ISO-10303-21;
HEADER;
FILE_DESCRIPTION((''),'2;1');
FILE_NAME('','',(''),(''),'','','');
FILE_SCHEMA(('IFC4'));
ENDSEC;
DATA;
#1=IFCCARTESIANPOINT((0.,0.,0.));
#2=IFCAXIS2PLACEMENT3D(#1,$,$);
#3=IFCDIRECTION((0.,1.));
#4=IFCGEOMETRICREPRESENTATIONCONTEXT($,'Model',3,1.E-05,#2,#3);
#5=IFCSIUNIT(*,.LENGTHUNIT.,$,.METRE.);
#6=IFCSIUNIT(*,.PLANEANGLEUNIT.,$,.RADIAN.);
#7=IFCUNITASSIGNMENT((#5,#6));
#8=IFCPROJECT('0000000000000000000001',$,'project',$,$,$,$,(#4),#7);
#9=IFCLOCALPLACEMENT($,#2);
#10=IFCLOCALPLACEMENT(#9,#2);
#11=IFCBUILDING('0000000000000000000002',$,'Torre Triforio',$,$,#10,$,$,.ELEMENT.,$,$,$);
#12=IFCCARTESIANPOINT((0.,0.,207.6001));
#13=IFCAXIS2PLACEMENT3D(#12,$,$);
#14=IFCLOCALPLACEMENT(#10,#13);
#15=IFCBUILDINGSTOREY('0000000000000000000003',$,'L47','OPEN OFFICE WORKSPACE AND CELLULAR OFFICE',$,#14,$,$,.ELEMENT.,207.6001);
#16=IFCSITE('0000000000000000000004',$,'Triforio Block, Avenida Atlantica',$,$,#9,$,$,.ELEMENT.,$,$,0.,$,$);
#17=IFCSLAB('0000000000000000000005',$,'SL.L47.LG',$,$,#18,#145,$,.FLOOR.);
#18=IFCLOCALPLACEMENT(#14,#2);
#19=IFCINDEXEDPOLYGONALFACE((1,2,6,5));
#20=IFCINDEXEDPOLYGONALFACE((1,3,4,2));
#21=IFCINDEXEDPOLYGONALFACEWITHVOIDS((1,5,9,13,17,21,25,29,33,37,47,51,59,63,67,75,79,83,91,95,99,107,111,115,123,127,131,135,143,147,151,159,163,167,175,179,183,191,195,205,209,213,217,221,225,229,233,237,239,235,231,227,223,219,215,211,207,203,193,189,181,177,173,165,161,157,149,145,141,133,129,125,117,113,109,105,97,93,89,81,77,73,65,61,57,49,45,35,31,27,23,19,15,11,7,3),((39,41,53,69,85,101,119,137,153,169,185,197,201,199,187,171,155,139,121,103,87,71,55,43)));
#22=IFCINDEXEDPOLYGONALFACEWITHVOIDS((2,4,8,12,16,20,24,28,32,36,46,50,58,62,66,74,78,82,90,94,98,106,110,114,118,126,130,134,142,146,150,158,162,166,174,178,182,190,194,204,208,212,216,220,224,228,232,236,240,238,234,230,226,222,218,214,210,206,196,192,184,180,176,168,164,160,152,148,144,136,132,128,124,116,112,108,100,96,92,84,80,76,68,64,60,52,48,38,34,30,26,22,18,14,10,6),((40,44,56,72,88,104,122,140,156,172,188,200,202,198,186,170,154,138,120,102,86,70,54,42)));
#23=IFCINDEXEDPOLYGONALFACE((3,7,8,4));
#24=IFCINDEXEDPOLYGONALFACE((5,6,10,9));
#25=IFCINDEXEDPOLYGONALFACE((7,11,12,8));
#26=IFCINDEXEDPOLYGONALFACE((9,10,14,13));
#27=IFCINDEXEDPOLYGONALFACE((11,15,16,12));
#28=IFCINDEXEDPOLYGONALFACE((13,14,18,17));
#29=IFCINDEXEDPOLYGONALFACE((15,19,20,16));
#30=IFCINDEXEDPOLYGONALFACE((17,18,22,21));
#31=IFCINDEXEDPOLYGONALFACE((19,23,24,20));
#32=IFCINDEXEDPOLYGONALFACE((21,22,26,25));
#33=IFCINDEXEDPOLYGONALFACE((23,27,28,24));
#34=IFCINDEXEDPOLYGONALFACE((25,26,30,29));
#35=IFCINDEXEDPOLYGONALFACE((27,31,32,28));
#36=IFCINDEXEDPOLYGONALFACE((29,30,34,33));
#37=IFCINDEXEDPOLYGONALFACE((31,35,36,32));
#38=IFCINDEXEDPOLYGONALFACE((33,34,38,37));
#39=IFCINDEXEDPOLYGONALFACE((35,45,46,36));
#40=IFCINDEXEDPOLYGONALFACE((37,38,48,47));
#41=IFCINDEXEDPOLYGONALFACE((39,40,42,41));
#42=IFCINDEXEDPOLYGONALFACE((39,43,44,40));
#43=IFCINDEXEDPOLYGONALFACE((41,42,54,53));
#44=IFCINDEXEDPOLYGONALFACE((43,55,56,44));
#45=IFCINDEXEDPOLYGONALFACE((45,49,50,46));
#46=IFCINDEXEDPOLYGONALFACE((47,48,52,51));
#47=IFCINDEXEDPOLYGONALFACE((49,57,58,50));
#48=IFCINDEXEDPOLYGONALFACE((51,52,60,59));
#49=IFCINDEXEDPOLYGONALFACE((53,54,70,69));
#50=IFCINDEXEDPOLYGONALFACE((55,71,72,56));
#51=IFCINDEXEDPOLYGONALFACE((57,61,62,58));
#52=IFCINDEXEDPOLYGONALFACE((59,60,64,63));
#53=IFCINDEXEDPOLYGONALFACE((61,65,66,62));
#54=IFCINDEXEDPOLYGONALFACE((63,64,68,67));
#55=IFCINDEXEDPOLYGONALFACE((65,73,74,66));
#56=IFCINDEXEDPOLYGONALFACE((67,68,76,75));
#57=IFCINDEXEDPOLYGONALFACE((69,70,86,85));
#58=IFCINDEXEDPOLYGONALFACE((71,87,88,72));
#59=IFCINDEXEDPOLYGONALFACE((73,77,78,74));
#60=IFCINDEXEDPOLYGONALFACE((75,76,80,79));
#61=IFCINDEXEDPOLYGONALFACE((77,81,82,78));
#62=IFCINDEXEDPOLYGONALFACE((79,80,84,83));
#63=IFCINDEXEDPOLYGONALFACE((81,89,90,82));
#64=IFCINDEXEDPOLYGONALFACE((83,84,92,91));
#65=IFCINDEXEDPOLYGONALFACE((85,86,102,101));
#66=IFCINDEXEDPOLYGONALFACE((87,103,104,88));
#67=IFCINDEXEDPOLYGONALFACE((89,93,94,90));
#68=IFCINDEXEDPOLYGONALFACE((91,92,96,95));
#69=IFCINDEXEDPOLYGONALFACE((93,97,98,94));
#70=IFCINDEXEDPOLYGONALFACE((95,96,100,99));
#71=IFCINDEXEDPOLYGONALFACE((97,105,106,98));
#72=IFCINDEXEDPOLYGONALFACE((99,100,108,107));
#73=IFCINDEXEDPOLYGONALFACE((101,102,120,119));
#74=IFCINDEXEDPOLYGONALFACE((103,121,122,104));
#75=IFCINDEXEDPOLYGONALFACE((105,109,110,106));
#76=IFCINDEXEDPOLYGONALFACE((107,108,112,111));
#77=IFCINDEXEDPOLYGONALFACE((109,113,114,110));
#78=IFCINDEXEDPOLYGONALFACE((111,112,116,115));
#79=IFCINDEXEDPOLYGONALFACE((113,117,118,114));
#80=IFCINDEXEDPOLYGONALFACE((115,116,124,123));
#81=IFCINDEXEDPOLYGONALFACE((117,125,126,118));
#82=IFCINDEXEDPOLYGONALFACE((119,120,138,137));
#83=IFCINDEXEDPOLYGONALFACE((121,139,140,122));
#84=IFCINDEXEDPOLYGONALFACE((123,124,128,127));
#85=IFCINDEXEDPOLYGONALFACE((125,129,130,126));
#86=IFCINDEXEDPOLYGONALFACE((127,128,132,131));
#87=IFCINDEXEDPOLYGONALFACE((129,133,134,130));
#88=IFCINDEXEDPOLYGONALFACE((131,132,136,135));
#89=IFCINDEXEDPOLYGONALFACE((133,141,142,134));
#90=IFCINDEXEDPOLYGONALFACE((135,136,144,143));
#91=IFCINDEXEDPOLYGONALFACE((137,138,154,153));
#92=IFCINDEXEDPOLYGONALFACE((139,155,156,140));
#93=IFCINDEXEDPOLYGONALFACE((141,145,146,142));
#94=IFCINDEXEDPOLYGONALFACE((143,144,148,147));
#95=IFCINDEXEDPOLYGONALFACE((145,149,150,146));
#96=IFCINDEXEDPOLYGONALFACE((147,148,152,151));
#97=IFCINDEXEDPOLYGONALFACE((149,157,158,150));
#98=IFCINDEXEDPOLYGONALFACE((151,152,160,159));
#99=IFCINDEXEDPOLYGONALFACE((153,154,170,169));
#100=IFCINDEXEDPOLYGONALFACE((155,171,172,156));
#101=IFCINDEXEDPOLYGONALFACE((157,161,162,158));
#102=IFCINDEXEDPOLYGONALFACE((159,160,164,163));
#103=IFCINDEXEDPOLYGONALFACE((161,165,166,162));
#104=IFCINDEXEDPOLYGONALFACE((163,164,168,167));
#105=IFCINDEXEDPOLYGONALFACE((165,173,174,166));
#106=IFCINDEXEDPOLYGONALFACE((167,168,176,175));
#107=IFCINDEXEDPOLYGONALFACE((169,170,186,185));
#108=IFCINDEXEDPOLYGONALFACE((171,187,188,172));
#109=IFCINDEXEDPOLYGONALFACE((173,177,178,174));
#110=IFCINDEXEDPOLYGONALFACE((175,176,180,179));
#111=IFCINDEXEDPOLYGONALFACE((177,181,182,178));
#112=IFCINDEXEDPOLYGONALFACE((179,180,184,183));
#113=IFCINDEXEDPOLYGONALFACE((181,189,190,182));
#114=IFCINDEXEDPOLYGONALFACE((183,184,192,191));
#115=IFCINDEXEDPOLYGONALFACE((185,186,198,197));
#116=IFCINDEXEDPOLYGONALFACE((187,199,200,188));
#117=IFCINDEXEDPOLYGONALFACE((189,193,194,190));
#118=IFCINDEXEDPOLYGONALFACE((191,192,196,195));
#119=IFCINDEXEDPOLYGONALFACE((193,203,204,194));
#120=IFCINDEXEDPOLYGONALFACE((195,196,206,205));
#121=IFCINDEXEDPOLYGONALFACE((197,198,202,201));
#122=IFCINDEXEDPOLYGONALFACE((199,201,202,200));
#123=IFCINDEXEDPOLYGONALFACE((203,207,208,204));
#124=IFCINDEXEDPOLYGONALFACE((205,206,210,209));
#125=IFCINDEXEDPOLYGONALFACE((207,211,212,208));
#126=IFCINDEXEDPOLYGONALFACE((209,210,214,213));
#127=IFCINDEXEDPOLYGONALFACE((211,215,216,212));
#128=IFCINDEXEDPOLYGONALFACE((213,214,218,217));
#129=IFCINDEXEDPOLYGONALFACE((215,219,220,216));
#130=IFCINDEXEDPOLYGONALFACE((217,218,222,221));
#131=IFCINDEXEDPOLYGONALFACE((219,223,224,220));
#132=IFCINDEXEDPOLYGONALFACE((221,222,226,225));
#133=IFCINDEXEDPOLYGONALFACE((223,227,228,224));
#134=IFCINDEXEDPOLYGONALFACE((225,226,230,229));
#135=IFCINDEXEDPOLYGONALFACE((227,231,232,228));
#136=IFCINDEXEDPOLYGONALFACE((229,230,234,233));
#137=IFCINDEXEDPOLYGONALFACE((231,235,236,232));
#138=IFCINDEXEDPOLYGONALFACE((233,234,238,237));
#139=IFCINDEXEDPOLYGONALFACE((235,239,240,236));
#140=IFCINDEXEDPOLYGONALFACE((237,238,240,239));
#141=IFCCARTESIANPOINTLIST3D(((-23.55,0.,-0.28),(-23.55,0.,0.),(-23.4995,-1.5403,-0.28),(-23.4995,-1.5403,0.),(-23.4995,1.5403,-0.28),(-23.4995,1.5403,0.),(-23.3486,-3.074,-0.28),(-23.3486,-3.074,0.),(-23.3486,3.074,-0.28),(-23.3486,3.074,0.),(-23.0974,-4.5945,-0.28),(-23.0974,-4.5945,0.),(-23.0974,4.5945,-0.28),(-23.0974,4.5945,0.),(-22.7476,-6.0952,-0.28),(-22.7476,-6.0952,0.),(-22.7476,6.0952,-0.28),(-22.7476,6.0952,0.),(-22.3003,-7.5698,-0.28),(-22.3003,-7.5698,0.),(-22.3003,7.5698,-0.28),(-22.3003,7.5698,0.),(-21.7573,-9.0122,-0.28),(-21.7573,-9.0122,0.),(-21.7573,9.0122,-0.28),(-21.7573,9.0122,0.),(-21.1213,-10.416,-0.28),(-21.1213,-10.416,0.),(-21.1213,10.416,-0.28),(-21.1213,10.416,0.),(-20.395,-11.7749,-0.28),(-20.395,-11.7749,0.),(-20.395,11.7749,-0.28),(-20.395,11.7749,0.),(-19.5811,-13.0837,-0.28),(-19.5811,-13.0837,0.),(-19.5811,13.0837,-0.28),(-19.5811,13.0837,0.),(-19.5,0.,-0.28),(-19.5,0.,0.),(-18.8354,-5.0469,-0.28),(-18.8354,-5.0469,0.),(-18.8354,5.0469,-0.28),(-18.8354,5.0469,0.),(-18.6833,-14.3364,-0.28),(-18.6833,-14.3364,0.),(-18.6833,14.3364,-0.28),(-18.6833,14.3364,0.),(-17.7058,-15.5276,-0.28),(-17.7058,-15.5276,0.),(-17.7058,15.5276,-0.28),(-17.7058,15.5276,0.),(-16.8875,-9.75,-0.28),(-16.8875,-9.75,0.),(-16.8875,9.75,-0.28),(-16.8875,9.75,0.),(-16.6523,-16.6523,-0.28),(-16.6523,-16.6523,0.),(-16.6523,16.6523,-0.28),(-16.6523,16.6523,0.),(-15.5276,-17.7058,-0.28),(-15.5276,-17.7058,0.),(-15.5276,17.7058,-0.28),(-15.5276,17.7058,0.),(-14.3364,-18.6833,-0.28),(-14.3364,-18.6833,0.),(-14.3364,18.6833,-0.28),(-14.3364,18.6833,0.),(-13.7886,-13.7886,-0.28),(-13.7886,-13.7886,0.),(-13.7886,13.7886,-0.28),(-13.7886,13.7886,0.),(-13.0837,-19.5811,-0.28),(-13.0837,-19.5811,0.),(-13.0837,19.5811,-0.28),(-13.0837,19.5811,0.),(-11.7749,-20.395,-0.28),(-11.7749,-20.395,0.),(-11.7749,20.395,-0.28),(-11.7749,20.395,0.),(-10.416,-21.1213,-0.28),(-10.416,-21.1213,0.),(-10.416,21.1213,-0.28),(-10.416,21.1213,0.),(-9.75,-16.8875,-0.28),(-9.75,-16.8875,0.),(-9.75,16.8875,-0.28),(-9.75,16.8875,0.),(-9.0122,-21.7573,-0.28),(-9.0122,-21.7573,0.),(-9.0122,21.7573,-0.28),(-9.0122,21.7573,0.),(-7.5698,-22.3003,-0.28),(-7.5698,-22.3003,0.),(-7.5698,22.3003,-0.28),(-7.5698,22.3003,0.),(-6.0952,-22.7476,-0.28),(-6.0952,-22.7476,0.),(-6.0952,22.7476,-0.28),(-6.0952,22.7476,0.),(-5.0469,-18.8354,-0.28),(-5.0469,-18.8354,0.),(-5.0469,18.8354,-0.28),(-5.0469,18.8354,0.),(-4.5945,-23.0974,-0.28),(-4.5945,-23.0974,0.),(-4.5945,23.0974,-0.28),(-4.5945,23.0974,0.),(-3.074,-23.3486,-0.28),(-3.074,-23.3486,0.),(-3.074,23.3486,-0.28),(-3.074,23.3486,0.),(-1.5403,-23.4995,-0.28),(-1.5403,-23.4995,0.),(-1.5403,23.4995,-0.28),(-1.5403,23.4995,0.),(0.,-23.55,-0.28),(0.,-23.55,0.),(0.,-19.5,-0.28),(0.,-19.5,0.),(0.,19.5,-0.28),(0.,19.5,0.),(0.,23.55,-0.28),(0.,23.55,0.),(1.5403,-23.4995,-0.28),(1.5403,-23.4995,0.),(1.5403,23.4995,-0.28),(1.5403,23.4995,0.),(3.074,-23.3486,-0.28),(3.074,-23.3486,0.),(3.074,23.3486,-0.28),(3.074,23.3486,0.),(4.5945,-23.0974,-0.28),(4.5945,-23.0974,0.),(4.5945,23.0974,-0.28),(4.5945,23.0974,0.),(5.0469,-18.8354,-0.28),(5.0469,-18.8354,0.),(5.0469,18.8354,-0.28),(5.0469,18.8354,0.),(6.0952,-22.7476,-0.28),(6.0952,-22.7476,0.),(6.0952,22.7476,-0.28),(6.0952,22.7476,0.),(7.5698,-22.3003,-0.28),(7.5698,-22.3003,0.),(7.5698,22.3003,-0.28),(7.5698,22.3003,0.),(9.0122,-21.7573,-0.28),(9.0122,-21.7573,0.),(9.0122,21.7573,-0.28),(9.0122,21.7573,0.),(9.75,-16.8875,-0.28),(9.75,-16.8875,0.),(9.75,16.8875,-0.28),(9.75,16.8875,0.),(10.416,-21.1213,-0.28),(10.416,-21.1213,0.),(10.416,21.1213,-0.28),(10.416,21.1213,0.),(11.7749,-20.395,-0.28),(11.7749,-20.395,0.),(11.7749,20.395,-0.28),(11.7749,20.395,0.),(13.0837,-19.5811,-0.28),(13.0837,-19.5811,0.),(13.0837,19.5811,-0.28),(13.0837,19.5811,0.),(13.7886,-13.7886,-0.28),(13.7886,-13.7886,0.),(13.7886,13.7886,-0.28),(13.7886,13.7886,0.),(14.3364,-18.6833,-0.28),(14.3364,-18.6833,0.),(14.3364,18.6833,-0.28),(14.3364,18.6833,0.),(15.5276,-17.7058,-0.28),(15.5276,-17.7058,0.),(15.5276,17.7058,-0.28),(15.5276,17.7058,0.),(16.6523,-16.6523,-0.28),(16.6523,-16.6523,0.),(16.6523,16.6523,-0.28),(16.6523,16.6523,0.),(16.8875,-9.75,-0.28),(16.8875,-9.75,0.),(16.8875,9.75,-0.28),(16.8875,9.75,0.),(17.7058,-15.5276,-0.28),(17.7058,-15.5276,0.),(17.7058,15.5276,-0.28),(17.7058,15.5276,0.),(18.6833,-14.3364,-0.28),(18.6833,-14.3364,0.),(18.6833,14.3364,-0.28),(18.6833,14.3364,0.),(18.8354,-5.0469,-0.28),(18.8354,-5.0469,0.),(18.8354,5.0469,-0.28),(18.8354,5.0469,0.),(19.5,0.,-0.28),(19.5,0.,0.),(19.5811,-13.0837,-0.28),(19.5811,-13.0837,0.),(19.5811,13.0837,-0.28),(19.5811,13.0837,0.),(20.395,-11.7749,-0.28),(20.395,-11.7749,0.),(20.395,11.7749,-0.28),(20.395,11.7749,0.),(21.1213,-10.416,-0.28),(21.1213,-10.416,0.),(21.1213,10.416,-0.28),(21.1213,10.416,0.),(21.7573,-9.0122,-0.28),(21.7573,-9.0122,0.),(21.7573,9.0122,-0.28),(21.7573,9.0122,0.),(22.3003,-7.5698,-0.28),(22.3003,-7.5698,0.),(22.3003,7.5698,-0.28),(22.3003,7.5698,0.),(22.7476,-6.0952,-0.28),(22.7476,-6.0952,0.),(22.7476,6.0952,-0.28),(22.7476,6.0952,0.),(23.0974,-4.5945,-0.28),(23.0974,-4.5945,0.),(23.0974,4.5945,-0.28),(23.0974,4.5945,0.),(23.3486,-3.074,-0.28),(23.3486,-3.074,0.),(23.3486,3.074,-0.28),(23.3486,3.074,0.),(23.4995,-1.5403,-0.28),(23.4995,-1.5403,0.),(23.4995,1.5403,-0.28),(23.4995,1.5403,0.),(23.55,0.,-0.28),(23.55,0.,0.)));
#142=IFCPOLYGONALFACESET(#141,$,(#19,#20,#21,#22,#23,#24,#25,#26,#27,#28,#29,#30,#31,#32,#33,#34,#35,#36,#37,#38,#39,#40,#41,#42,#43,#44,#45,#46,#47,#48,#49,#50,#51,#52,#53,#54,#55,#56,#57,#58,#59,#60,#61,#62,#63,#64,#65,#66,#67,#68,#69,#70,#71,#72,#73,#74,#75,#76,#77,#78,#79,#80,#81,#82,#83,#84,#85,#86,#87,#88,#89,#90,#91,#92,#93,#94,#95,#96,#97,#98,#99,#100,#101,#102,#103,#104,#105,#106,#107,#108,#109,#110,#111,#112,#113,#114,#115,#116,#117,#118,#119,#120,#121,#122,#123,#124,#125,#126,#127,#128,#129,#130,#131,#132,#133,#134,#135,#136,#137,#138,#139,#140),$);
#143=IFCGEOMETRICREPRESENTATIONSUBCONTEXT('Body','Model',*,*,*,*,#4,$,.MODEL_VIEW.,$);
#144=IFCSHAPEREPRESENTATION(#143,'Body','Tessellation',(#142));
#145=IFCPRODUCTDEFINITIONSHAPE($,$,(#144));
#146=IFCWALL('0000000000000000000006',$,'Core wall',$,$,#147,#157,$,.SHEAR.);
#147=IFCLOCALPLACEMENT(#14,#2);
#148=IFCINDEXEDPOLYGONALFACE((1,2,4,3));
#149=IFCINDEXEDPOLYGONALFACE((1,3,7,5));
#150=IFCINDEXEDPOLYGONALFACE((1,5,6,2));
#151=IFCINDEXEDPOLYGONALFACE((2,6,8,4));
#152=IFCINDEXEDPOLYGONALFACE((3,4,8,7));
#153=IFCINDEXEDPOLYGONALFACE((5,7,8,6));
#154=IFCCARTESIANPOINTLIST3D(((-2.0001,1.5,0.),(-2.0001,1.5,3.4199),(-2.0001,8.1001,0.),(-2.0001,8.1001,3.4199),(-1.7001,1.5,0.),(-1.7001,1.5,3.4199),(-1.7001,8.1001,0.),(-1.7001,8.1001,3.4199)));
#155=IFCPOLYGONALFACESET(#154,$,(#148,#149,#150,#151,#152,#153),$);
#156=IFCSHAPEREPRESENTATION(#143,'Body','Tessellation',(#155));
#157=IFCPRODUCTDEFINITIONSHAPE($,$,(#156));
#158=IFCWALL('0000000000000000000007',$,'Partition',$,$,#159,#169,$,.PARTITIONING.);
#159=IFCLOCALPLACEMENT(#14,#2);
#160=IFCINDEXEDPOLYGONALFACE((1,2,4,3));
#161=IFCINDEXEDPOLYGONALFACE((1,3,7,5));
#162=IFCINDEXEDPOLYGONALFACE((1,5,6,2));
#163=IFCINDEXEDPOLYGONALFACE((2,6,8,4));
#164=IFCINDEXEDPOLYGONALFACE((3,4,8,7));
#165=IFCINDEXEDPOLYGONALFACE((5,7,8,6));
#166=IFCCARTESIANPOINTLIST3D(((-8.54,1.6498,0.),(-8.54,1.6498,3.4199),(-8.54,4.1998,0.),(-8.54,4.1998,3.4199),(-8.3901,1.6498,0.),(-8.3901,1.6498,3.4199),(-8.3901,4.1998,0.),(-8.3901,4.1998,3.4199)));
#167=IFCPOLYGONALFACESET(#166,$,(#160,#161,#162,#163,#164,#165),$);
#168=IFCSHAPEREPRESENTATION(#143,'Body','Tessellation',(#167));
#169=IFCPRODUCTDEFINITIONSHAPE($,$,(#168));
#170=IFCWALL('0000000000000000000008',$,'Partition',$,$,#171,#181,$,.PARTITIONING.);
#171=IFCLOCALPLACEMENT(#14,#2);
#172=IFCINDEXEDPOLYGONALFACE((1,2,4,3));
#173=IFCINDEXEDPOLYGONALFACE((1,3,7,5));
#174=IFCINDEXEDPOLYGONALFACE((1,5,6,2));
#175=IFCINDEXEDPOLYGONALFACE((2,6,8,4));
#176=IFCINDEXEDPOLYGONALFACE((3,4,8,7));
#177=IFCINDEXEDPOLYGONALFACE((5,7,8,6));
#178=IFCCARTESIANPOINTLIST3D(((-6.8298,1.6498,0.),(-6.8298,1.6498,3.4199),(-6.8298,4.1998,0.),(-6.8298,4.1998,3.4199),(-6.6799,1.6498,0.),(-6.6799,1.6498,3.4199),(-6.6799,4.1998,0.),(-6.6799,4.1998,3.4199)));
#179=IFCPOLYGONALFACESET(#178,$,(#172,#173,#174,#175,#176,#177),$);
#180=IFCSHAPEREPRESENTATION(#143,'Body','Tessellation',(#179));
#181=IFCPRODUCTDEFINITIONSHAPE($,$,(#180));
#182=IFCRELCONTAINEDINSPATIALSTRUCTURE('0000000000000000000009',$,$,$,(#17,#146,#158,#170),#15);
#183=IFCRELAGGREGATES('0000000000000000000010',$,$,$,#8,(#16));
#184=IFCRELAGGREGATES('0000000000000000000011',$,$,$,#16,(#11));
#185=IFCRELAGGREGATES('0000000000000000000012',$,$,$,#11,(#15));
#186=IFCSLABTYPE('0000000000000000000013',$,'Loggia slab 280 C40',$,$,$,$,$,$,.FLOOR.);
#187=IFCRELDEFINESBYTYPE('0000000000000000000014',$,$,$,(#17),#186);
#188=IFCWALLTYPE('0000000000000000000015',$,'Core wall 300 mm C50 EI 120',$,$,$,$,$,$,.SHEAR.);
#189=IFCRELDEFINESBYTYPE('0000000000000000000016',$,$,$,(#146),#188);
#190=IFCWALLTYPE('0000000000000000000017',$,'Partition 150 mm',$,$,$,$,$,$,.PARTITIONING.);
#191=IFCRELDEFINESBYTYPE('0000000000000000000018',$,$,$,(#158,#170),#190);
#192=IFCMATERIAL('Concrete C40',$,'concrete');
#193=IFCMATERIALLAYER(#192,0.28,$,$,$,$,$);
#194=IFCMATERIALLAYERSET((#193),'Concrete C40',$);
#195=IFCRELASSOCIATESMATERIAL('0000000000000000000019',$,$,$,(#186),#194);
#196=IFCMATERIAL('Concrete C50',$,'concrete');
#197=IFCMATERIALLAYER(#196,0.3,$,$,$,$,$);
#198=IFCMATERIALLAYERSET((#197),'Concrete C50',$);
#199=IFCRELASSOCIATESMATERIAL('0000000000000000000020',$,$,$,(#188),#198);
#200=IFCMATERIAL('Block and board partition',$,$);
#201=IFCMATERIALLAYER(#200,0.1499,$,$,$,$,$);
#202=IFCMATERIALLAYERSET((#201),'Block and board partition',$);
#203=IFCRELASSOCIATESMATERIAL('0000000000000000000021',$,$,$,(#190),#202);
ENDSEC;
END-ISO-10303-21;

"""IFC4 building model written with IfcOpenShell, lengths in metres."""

from ifc_helpers import new_model, si_unit, direction, frame, frame_2d, origin, place, context, subcontext, project, spatial, polyline, rectangle, outline, extrude, material, layer, layer_set, type_object, element, save


model = new_model("IFC4")

# Units and contexts
model_context = context("Model", 3, precision=1e-05, world=origin(), true_north=direction((0.0, 1.0)))
body_context = subcontext(model_context, "Body", "Model", "MODEL_VIEW")
ifc_project = project(units=[si_unit("LENGTHUNIT", "METRE"), si_unit("PLANEANGLEUNIT", "RADIAN")], contexts=[model_context])

# Site, building, storey
site_placement = place(None, origin())
site = spatial("IfcSite", under=ifc_project, at=site_placement, Name="Triforio Block, Avenida Atlantica", CompositionType="ELEMENT", RefElevation=0.0)
building_placement = place(site_placement, origin())
building = spatial("IfcBuilding", under=site, at=building_placement, Name="Torre Triforio", CompositionType="ELEMENT")
storey_placement = place(building_placement, frame((0.0, 0.0, 207.6001)))
storey = spatial("IfcBuildingStorey", under=building, at=storey_placement, Name="L47", Description="OPEN OFFICE WORKSPACE AND CELLULAR OFFICE", CompositionType="ELEMENT", Elevation=207.6001)

# Slab
ifc_material_1 = material(Name="Concrete C40", Category="concrete")
ifc_layer_1 = layer(ifc_material_1, 0.28)
ifc_layer_set_1 = layer_set([ifc_layer_1], Name="Concrete C40")
slab_type_1 = type_object("IfcSlabType", Name="Loggia slab 280 C40", PredefinedType="FLOOR", material=ifc_layer_set_1)
slab_1_placement = place(storey_placement, frame((0.0, 0.0, -0.28)))
element("IfcSlab", 1, at=slab_1_placement, inside=storey, type_object=slab_type_1, Name="SL.L47.LG", PredefinedType="FLOOR", context=body_context, shape_type="SweptSolid", body=[
    extrude(outline(polyline([(23.4995, -1.5403), (23.55, 0.0), (23.4995, 1.5403), (23.3486, 3.074), (23.0974, 4.5945), (22.7476, 6.0952), (22.3003, 7.5698), (21.7573, 9.0122), (21.1213, 10.416), (20.395, 11.7749), (19.5811, 13.0837), (18.6833, 14.3364), (17.7058, 15.5276), (16.6523, 16.6523), (15.5276, 17.7058), (14.3364, 18.6833), (13.0837, 19.5811), (11.7749, 20.395), (10.416, 21.1213), (9.0122, 21.7573), (7.5698, 22.3003), (6.0952, 22.7476), (4.5945, 23.0974), (3.074, 23.3486), (1.5403, 23.4995), (0.0, 23.55), (-1.5403, 23.4995), (-3.074, 23.3486), (-4.5945, 23.0974), (-6.0952, 22.7476), (-7.5698, 22.3003), (-9.0122, 21.7573), (-10.416, 21.1213), (-11.7749, 20.395), (-13.0837, 19.5811), (-14.3364, 18.6833), (-15.5276, 17.7058), (-16.6523, 16.6523), (-17.7058, 15.5276), (-18.6833, 14.3364), (-19.5811, 13.0837), (-20.395, 11.7749), (-21.1213, 10.416), (-21.7573, 9.0122), (-22.3003, 7.5698), (-22.7476, 6.0952), (-23.0974, 4.5945), (-23.3486, 3.074), (-23.4995, 1.5403), (-23.55, 0.0), (-23.4995, -1.5403), (-23.3486, -3.074), (-23.0974, -4.5945), (-22.7476, -6.0952), (-22.3003, -7.5698), (-21.7573, -9.0122), (-21.1213, -10.416), (-20.395, -11.7749), (-19.5811, -13.0837), (-18.6833, -14.3364), (-17.7058, -15.5276), (-16.6523, -16.6523), (-15.5276, -17.7058), (-14.3364, -18.6833), (-13.0837, -19.5811), (-11.7749, -20.395), (-10.416, -21.1213), (-9.0122, -21.7573), (-7.5698, -22.3003), (-6.0952, -22.7476), (-4.5945, -23.0974), (-3.074, -23.3486), (-1.5403, -23.4995), (0.0, -23.55), (1.5403, -23.4995), (3.074, -23.3486), (4.5945, -23.0974), (6.0952, -22.7476), (7.5698, -22.3003), (9.0122, -21.7573), (10.416, -21.1213), (11.7749, -20.395), (13.0837, -19.5811), (14.3364, -18.6833), (15.5276, -17.7058), (16.6523, -16.6523), (17.7058, -15.5276), (18.6833, -14.3364), (19.5811, -13.0837), (20.395, -11.7749), (21.1213, -10.416), (21.7573, -9.0122), (22.3003, -7.5698), (22.7476, -6.0952), (23.0974, -4.5945), (23.3486, -3.074), (23.4995, -1.5403)]), holes=[polyline([(18.8354, 5.0469), (19.5, 0.0), (18.8354, -5.0469), (16.8875, -9.75), (13.7886, -13.7886), (9.75, -16.8875), (5.0469, -18.8354), (0.0, -19.5), (-5.0469, -18.8354), (-9.75, -16.8875), (-13.7886, -13.7886), (-16.8875, -9.75), (-18.8354, -5.0469), (-19.5, 0.0), (-18.8354, 5.0469), (-16.8875, 9.75), (-13.7886, 13.7886), (-9.75, 16.8875), (-5.0469, 18.8354), (0.0, 19.5), (5.0469, 18.8354), (9.75, 16.8875), (13.7886, 13.7886), (16.8875, 9.75), (18.8354, 5.0469)])]), origin(), (0.0, 0.0, 1.0), 0.28),
])

# Walls
ifc_material_2 = material(Name="Concrete C50", Category="concrete")
ifc_layer_2 = layer(ifc_material_2, 0.3)
ifc_layer_set_2 = layer_set([ifc_layer_2], Name="Concrete C50")
wall_type_1 = type_object("IfcWallType", Name="Core wall 300 mm C50 EI 120", PredefinedType="SHEAR", material=ifc_layer_set_2)
wall_1_placement = place(storey_placement, frame((-1.8501, 1.5, 0.0), z_axis=(0.0, 0.0, 1.0), x_axis=(0.0, 1.0, 0.0)))
element("IfcWall", 2, at=wall_1_placement, inside=storey, type_object=wall_type_1, Name="Core wall", PredefinedType="SHEAR", context=body_context, shape_type="SweptSolid", body=[
    extrude(rectangle(XDim=6.6001, YDim=0.3, at=frame_2d((3.3, 0.0))), origin(), (0.0, 0.0, 1.0), 3.4199),
])
ifc_material_3 = material(Name="Block and board partition")
ifc_layer_3 = layer(ifc_material_3, 0.1499)
ifc_layer_set_3 = layer_set([ifc_layer_3], Name="Block and board partition")
wall_type_2 = type_object("IfcWallType", Name="Partition 150 mm", PredefinedType="PARTITIONING", material=ifc_layer_set_3)
for number, where, z_axis, x_axis, name in (
    (3, (-8.4651, 1.6499, 0.0), (0.0, 0.0, 1.0), (0.0, 1.0, 0.0), "Partition"),
    (4, (-6.7549, 1.6499, 0.0), (0.0, 0.0, 1.0), (0.0, 1.0, 0.0), "Partition"),
):
    element("IfcWall", number, at=place(storey_placement, frame(where, z_axis=z_axis, x_axis=x_axis)), inside=storey, type_object=wall_type_2, Name=name, PredefinedType="PARTITIONING", context=body_context, shape_type="SweptSolid", body=[
        extrude(rectangle(XDim=2.55, YDim=0.1499, at=frame_2d((1.2749, 0.0))), origin(), (0.0, 0.0, 1.0), 3.4199),
    ])

save(model, "model.ifc")
